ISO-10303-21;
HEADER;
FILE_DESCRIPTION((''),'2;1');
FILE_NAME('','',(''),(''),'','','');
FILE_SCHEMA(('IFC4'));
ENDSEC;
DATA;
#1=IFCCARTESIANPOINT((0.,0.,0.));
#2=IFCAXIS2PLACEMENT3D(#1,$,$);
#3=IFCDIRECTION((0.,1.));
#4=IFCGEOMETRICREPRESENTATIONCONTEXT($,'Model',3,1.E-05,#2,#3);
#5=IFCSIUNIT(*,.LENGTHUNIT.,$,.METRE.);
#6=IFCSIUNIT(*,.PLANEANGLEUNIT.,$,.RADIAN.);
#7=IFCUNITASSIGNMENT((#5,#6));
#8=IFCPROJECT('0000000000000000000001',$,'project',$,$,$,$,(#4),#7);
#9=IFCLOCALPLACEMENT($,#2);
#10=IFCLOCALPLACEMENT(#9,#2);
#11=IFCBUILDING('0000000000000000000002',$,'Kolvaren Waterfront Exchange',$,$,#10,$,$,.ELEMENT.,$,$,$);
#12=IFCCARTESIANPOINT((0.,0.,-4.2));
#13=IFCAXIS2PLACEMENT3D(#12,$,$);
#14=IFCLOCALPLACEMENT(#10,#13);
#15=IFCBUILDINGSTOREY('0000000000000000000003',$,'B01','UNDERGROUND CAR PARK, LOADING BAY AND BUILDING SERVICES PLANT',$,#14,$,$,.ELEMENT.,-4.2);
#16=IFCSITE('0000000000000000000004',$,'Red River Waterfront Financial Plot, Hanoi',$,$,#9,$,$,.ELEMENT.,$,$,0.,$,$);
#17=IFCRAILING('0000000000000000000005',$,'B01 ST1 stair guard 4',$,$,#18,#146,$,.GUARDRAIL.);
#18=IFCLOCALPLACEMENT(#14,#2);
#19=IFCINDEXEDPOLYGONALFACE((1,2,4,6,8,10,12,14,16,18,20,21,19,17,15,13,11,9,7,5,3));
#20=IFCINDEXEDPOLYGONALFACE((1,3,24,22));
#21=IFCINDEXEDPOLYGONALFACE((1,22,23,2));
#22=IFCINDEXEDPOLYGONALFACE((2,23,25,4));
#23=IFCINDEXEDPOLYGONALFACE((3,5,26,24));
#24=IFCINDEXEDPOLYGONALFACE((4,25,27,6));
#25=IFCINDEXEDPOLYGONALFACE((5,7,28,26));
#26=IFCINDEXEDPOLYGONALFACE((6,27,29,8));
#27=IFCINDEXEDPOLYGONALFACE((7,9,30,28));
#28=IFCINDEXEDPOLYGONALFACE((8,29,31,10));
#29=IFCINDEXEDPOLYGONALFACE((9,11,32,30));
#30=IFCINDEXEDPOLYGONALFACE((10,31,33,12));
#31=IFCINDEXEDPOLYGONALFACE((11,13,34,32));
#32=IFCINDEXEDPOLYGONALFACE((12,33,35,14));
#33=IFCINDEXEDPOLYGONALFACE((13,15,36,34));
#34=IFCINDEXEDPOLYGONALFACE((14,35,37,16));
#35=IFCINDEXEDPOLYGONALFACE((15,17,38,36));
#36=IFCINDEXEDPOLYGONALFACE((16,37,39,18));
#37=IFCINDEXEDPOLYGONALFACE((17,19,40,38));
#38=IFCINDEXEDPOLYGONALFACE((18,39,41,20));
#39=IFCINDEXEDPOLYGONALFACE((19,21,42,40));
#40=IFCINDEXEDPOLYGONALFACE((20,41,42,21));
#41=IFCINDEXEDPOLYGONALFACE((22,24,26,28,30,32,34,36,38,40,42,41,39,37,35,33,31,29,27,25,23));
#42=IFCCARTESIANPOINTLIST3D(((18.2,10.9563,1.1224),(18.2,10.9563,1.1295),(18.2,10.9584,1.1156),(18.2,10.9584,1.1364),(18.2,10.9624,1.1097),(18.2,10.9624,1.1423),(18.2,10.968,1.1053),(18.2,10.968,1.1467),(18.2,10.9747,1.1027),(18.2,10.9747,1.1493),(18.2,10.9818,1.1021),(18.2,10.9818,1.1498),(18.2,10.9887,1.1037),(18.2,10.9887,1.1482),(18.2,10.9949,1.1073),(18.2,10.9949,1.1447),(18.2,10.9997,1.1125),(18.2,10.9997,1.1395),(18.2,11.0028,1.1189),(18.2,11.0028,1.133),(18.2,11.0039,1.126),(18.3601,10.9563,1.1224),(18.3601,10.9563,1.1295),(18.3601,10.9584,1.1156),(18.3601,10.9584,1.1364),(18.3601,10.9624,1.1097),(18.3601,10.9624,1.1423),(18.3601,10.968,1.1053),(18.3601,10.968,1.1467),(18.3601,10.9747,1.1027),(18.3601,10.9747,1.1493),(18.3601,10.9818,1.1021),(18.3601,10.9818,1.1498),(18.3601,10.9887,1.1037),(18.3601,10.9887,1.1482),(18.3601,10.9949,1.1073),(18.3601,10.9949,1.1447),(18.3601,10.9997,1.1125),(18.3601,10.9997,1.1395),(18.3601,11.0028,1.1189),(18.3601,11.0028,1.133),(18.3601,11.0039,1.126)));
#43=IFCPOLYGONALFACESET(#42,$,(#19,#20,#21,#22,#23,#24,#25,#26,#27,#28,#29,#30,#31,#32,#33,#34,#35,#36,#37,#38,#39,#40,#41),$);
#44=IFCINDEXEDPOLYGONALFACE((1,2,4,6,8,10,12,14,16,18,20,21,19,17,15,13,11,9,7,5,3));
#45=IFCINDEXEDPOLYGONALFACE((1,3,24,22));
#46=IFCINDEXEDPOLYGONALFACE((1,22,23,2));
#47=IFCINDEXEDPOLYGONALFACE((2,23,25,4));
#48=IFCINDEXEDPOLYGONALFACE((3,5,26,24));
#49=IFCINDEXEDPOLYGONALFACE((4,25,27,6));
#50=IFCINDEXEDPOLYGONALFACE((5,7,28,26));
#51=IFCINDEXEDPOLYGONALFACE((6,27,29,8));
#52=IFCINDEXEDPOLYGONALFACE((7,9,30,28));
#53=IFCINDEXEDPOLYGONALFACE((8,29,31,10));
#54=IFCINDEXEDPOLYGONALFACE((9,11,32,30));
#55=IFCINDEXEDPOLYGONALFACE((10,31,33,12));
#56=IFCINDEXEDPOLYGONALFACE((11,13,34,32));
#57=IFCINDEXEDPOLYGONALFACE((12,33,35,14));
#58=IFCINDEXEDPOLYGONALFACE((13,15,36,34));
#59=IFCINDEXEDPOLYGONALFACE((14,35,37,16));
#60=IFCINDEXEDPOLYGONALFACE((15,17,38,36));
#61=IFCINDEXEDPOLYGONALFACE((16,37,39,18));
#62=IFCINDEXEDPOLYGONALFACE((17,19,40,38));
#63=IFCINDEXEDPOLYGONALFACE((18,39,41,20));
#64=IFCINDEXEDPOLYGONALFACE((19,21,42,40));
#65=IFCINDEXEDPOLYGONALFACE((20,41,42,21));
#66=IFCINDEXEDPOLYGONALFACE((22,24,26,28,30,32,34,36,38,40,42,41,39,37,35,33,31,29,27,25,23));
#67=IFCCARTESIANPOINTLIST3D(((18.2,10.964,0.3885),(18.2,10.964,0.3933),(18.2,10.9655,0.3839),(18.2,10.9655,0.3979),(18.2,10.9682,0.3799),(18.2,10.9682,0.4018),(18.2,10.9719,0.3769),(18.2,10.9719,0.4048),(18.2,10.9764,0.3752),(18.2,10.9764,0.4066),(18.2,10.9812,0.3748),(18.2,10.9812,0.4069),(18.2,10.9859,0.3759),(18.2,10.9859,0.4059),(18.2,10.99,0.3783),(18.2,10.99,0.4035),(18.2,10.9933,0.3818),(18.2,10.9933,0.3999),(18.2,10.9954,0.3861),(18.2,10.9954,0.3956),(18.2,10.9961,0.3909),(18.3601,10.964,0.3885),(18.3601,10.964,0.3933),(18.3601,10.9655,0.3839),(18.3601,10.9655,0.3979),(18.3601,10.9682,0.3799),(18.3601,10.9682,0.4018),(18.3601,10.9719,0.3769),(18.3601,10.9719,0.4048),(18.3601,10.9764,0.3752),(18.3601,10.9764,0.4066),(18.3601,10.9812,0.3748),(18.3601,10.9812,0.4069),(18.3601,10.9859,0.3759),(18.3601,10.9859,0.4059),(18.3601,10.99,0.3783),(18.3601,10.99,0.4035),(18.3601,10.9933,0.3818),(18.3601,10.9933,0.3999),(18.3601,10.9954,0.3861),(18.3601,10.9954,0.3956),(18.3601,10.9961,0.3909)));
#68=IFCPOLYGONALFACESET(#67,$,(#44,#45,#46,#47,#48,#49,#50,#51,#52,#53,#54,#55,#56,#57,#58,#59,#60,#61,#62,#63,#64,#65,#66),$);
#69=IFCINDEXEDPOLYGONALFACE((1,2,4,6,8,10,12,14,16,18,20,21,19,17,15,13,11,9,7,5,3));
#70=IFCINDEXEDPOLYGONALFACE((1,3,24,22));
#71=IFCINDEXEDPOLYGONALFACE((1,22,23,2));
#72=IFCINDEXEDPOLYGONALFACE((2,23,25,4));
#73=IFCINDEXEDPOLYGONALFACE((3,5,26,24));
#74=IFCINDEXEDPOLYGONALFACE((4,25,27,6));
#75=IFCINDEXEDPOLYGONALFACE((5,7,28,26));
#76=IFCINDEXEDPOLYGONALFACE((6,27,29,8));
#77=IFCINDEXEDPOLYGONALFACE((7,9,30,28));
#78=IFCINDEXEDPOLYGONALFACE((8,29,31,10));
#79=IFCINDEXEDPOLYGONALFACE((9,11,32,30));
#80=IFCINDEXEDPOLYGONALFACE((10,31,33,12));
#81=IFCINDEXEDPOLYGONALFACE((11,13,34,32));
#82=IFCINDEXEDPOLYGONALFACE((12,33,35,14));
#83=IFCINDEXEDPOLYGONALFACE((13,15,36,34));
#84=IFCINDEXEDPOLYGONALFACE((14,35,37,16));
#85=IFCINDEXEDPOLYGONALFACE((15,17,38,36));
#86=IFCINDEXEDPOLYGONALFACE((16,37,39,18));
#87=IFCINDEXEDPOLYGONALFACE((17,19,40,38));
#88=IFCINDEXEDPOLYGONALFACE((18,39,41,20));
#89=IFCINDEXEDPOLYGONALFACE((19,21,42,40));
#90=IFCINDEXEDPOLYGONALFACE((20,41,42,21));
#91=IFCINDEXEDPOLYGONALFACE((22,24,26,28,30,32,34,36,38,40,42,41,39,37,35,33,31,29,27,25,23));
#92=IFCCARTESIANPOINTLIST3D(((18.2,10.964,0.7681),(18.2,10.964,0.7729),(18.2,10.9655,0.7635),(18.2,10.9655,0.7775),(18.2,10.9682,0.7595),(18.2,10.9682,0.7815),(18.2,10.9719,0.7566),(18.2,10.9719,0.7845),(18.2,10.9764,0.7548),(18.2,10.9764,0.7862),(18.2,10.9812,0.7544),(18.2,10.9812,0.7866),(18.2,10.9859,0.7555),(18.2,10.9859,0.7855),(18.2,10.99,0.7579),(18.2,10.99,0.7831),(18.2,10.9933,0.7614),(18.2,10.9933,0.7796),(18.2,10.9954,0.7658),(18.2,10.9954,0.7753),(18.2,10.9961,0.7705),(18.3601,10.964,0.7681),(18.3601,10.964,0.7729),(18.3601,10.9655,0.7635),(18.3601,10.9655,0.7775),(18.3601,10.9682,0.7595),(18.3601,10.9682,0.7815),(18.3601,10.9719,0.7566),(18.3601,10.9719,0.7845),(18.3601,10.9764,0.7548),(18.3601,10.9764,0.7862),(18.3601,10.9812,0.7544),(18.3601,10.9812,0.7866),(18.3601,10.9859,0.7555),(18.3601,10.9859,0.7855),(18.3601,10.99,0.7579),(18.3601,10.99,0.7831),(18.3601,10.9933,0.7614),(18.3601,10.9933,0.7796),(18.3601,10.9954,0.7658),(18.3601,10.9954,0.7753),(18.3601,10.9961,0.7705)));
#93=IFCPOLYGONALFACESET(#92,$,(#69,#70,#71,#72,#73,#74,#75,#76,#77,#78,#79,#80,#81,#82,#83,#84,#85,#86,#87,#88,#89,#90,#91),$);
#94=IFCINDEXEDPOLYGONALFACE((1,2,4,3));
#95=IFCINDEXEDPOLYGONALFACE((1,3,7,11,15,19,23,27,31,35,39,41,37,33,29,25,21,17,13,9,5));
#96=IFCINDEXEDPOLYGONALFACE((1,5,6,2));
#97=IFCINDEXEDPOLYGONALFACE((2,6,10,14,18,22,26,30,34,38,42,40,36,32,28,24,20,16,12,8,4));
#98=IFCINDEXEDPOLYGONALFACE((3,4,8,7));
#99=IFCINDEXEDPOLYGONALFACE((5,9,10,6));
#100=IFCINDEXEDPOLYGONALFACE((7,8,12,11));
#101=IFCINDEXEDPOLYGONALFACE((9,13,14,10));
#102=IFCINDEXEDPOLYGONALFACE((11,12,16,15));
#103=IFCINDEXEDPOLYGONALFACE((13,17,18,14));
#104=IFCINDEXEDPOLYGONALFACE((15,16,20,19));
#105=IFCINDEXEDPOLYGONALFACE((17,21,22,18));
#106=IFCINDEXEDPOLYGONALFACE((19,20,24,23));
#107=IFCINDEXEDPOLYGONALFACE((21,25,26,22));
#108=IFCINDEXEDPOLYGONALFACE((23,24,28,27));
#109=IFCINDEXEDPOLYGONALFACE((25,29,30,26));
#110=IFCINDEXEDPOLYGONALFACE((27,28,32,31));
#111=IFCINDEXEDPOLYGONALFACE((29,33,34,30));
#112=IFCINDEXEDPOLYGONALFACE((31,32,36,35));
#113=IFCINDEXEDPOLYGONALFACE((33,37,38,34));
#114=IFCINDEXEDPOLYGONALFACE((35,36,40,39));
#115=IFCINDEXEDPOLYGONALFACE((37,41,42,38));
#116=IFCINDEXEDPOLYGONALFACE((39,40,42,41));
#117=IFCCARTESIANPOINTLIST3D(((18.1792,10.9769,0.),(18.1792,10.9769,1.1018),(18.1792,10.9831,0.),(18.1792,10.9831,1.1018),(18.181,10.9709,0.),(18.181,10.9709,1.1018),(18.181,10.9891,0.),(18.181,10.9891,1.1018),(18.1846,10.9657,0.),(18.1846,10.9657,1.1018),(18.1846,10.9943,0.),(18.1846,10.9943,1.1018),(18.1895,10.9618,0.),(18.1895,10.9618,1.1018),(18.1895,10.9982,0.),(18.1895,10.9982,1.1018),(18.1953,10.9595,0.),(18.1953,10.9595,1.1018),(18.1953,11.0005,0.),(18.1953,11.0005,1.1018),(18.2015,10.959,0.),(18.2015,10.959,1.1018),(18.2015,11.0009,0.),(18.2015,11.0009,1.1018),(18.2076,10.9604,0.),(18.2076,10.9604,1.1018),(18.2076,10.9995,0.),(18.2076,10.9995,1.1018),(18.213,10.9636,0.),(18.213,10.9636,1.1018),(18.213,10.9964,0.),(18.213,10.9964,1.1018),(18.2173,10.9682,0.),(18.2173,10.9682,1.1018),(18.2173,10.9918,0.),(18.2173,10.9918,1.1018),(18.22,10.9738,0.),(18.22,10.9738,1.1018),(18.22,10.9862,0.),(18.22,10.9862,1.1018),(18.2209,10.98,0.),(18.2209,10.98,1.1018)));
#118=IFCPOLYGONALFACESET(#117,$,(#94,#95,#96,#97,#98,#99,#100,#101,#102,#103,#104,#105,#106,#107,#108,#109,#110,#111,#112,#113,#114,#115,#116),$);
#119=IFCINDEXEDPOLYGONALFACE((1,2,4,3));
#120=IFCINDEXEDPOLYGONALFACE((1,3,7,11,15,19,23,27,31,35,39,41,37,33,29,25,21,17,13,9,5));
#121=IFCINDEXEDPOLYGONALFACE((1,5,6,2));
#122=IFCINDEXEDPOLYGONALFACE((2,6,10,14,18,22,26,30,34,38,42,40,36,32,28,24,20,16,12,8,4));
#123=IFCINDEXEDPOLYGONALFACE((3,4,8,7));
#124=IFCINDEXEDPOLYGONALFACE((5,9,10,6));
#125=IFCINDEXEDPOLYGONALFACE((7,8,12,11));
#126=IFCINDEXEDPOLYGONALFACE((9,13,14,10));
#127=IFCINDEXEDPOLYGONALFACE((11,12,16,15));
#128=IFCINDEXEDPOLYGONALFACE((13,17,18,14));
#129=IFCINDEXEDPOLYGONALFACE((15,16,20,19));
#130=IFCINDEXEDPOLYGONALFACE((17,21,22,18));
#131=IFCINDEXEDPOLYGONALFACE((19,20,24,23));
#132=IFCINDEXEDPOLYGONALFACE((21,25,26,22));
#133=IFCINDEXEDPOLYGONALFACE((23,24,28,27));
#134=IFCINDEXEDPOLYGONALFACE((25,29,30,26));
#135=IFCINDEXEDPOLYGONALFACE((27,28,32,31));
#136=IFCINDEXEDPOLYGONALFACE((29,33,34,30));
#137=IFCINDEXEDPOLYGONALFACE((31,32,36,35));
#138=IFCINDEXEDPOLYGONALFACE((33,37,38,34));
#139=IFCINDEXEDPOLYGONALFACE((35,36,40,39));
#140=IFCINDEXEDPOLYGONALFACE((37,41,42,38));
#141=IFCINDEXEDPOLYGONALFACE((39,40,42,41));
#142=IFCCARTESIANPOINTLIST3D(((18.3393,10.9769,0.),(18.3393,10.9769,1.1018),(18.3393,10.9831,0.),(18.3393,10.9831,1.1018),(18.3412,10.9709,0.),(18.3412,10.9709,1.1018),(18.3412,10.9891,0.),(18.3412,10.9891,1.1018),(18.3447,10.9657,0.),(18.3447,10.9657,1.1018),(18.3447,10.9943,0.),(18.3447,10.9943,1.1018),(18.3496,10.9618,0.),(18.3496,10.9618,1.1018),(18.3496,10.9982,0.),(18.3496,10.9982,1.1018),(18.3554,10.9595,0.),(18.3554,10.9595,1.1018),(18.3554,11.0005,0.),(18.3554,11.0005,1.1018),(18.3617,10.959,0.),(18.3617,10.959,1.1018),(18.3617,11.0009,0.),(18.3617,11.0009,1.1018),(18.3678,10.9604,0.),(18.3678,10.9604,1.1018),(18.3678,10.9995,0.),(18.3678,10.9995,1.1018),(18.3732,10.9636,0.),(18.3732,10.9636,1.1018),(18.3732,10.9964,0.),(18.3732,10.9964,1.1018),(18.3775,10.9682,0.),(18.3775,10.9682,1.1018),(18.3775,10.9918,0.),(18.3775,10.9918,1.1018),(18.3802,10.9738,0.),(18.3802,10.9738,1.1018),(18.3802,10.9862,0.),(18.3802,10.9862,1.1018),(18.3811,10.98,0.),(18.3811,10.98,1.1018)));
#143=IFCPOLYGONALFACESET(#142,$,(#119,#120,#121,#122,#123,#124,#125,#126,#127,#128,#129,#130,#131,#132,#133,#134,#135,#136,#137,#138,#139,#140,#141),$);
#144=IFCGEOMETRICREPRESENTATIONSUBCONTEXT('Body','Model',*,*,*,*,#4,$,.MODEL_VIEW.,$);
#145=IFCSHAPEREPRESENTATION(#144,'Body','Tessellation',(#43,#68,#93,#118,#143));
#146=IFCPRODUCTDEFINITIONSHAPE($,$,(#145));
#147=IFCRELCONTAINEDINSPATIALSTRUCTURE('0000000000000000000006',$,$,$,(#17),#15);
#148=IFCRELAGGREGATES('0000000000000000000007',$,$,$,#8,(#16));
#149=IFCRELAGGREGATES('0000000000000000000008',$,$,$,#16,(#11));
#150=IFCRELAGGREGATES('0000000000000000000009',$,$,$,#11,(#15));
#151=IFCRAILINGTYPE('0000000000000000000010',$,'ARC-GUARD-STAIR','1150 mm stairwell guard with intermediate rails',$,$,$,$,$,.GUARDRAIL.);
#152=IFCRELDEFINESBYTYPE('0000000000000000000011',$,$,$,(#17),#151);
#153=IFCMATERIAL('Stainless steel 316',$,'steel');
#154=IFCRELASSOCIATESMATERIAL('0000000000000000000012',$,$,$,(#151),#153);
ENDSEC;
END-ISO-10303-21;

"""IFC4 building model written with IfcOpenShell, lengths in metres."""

from ifc_helpers import new_model, si_unit, direction, frame, origin, origin_2d, place, context, subcontext, project, spatial, circle, extrude, material, type_object, element, save


model = new_model("IFC4")

# Units and contexts
model_context = context("Model", 3, precision=1e-05, world=origin(), true_north=direction((0.0, 1.0)))
body_context = subcontext(model_context, "Body", "Model", "MODEL_VIEW")
ifc_project = project(units=[si_unit("LENGTHUNIT", "METRE"), si_unit("PLANEANGLEUNIT", "RADIAN")], contexts=[model_context])

# Site, building, storey
site_placement = place(None, origin())
site = spatial("IfcSite", under=ifc_project, at=site_placement, Name="Red River Waterfront Financial Plot, Hanoi", CompositionType="ELEMENT", RefElevation=0.0)
building_placement = place(site_placement, origin())
building = spatial("IfcBuilding", under=site, at=building_placement, Name="Kolvaren Waterfront Exchange", CompositionType="ELEMENT")
storey_placement = place(building_placement, frame((0.0, 0.0, -4.2)))
storey = spatial("IfcBuildingStorey", under=building, at=storey_placement, Name="B01", Description="UNDERGROUND CAR PARK, LOADING BAY AND BUILDING SERVICES PLANT", CompositionType="ELEMENT", Elevation=-4.2)

# Railing
ifc_material_1 = material(Name="Stainless steel 316", Category="steel")
railing_type_1 = type_object("IfcRailingType", Name="ARC-GUARD-STAIR", Description="1150 mm stairwell guard with intermediate rails", PredefinedType="GUARDRAIL", material=ifc_material_1)
railing_1_placement = place(storey_placement, frame((18.2, 10.98, 0.0)))
element("IfcRailing", 1, at=railing_1_placement, inside=storey, type_object=railing_type_1, Name="B01 ST1 stair guard 4", PredefinedType="GUARDRAIL", context=body_context, shape_type="SweptSolid", body=[
    extrude(circle(Radius=0.0239, at=origin_2d()), frame((0.0, 0.0, 1.126), z_axis=(1.0, 0.0, 0.0), x_axis=(0.0, 1.0, 0.0)), (0.0, 0.0, 1.0), 0.1602),
    extrude(circle(Radius=0.0161, at=origin_2d()), frame((0.0, 0.0, 0.3909), z_axis=(1.0, 0.0, 0.0), x_axis=(0.0, 1.0, 0.0)), (0.0, 0.0, 1.0), 0.1602),
    extrude(circle(Radius=0.0161, at=origin_2d()), frame((0.0, 0.0, 0.7705), z_axis=(1.0, 0.0, 0.0), x_axis=(0.0, 1.0, 0.0)), (0.0, 0.0, 1.0), 0.1602),
    extrude(circle(Radius=0.021, at=origin_2d()), origin(), (0.0, 0.0, 1.0), 1.1018),
    extrude(circle(Radius=0.021, at=origin_2d()), frame((0.1602, 0.0, 0.0)), (0.0, 0.0, 1.0), 1.1018),
])

save(model, "model.ifc")
